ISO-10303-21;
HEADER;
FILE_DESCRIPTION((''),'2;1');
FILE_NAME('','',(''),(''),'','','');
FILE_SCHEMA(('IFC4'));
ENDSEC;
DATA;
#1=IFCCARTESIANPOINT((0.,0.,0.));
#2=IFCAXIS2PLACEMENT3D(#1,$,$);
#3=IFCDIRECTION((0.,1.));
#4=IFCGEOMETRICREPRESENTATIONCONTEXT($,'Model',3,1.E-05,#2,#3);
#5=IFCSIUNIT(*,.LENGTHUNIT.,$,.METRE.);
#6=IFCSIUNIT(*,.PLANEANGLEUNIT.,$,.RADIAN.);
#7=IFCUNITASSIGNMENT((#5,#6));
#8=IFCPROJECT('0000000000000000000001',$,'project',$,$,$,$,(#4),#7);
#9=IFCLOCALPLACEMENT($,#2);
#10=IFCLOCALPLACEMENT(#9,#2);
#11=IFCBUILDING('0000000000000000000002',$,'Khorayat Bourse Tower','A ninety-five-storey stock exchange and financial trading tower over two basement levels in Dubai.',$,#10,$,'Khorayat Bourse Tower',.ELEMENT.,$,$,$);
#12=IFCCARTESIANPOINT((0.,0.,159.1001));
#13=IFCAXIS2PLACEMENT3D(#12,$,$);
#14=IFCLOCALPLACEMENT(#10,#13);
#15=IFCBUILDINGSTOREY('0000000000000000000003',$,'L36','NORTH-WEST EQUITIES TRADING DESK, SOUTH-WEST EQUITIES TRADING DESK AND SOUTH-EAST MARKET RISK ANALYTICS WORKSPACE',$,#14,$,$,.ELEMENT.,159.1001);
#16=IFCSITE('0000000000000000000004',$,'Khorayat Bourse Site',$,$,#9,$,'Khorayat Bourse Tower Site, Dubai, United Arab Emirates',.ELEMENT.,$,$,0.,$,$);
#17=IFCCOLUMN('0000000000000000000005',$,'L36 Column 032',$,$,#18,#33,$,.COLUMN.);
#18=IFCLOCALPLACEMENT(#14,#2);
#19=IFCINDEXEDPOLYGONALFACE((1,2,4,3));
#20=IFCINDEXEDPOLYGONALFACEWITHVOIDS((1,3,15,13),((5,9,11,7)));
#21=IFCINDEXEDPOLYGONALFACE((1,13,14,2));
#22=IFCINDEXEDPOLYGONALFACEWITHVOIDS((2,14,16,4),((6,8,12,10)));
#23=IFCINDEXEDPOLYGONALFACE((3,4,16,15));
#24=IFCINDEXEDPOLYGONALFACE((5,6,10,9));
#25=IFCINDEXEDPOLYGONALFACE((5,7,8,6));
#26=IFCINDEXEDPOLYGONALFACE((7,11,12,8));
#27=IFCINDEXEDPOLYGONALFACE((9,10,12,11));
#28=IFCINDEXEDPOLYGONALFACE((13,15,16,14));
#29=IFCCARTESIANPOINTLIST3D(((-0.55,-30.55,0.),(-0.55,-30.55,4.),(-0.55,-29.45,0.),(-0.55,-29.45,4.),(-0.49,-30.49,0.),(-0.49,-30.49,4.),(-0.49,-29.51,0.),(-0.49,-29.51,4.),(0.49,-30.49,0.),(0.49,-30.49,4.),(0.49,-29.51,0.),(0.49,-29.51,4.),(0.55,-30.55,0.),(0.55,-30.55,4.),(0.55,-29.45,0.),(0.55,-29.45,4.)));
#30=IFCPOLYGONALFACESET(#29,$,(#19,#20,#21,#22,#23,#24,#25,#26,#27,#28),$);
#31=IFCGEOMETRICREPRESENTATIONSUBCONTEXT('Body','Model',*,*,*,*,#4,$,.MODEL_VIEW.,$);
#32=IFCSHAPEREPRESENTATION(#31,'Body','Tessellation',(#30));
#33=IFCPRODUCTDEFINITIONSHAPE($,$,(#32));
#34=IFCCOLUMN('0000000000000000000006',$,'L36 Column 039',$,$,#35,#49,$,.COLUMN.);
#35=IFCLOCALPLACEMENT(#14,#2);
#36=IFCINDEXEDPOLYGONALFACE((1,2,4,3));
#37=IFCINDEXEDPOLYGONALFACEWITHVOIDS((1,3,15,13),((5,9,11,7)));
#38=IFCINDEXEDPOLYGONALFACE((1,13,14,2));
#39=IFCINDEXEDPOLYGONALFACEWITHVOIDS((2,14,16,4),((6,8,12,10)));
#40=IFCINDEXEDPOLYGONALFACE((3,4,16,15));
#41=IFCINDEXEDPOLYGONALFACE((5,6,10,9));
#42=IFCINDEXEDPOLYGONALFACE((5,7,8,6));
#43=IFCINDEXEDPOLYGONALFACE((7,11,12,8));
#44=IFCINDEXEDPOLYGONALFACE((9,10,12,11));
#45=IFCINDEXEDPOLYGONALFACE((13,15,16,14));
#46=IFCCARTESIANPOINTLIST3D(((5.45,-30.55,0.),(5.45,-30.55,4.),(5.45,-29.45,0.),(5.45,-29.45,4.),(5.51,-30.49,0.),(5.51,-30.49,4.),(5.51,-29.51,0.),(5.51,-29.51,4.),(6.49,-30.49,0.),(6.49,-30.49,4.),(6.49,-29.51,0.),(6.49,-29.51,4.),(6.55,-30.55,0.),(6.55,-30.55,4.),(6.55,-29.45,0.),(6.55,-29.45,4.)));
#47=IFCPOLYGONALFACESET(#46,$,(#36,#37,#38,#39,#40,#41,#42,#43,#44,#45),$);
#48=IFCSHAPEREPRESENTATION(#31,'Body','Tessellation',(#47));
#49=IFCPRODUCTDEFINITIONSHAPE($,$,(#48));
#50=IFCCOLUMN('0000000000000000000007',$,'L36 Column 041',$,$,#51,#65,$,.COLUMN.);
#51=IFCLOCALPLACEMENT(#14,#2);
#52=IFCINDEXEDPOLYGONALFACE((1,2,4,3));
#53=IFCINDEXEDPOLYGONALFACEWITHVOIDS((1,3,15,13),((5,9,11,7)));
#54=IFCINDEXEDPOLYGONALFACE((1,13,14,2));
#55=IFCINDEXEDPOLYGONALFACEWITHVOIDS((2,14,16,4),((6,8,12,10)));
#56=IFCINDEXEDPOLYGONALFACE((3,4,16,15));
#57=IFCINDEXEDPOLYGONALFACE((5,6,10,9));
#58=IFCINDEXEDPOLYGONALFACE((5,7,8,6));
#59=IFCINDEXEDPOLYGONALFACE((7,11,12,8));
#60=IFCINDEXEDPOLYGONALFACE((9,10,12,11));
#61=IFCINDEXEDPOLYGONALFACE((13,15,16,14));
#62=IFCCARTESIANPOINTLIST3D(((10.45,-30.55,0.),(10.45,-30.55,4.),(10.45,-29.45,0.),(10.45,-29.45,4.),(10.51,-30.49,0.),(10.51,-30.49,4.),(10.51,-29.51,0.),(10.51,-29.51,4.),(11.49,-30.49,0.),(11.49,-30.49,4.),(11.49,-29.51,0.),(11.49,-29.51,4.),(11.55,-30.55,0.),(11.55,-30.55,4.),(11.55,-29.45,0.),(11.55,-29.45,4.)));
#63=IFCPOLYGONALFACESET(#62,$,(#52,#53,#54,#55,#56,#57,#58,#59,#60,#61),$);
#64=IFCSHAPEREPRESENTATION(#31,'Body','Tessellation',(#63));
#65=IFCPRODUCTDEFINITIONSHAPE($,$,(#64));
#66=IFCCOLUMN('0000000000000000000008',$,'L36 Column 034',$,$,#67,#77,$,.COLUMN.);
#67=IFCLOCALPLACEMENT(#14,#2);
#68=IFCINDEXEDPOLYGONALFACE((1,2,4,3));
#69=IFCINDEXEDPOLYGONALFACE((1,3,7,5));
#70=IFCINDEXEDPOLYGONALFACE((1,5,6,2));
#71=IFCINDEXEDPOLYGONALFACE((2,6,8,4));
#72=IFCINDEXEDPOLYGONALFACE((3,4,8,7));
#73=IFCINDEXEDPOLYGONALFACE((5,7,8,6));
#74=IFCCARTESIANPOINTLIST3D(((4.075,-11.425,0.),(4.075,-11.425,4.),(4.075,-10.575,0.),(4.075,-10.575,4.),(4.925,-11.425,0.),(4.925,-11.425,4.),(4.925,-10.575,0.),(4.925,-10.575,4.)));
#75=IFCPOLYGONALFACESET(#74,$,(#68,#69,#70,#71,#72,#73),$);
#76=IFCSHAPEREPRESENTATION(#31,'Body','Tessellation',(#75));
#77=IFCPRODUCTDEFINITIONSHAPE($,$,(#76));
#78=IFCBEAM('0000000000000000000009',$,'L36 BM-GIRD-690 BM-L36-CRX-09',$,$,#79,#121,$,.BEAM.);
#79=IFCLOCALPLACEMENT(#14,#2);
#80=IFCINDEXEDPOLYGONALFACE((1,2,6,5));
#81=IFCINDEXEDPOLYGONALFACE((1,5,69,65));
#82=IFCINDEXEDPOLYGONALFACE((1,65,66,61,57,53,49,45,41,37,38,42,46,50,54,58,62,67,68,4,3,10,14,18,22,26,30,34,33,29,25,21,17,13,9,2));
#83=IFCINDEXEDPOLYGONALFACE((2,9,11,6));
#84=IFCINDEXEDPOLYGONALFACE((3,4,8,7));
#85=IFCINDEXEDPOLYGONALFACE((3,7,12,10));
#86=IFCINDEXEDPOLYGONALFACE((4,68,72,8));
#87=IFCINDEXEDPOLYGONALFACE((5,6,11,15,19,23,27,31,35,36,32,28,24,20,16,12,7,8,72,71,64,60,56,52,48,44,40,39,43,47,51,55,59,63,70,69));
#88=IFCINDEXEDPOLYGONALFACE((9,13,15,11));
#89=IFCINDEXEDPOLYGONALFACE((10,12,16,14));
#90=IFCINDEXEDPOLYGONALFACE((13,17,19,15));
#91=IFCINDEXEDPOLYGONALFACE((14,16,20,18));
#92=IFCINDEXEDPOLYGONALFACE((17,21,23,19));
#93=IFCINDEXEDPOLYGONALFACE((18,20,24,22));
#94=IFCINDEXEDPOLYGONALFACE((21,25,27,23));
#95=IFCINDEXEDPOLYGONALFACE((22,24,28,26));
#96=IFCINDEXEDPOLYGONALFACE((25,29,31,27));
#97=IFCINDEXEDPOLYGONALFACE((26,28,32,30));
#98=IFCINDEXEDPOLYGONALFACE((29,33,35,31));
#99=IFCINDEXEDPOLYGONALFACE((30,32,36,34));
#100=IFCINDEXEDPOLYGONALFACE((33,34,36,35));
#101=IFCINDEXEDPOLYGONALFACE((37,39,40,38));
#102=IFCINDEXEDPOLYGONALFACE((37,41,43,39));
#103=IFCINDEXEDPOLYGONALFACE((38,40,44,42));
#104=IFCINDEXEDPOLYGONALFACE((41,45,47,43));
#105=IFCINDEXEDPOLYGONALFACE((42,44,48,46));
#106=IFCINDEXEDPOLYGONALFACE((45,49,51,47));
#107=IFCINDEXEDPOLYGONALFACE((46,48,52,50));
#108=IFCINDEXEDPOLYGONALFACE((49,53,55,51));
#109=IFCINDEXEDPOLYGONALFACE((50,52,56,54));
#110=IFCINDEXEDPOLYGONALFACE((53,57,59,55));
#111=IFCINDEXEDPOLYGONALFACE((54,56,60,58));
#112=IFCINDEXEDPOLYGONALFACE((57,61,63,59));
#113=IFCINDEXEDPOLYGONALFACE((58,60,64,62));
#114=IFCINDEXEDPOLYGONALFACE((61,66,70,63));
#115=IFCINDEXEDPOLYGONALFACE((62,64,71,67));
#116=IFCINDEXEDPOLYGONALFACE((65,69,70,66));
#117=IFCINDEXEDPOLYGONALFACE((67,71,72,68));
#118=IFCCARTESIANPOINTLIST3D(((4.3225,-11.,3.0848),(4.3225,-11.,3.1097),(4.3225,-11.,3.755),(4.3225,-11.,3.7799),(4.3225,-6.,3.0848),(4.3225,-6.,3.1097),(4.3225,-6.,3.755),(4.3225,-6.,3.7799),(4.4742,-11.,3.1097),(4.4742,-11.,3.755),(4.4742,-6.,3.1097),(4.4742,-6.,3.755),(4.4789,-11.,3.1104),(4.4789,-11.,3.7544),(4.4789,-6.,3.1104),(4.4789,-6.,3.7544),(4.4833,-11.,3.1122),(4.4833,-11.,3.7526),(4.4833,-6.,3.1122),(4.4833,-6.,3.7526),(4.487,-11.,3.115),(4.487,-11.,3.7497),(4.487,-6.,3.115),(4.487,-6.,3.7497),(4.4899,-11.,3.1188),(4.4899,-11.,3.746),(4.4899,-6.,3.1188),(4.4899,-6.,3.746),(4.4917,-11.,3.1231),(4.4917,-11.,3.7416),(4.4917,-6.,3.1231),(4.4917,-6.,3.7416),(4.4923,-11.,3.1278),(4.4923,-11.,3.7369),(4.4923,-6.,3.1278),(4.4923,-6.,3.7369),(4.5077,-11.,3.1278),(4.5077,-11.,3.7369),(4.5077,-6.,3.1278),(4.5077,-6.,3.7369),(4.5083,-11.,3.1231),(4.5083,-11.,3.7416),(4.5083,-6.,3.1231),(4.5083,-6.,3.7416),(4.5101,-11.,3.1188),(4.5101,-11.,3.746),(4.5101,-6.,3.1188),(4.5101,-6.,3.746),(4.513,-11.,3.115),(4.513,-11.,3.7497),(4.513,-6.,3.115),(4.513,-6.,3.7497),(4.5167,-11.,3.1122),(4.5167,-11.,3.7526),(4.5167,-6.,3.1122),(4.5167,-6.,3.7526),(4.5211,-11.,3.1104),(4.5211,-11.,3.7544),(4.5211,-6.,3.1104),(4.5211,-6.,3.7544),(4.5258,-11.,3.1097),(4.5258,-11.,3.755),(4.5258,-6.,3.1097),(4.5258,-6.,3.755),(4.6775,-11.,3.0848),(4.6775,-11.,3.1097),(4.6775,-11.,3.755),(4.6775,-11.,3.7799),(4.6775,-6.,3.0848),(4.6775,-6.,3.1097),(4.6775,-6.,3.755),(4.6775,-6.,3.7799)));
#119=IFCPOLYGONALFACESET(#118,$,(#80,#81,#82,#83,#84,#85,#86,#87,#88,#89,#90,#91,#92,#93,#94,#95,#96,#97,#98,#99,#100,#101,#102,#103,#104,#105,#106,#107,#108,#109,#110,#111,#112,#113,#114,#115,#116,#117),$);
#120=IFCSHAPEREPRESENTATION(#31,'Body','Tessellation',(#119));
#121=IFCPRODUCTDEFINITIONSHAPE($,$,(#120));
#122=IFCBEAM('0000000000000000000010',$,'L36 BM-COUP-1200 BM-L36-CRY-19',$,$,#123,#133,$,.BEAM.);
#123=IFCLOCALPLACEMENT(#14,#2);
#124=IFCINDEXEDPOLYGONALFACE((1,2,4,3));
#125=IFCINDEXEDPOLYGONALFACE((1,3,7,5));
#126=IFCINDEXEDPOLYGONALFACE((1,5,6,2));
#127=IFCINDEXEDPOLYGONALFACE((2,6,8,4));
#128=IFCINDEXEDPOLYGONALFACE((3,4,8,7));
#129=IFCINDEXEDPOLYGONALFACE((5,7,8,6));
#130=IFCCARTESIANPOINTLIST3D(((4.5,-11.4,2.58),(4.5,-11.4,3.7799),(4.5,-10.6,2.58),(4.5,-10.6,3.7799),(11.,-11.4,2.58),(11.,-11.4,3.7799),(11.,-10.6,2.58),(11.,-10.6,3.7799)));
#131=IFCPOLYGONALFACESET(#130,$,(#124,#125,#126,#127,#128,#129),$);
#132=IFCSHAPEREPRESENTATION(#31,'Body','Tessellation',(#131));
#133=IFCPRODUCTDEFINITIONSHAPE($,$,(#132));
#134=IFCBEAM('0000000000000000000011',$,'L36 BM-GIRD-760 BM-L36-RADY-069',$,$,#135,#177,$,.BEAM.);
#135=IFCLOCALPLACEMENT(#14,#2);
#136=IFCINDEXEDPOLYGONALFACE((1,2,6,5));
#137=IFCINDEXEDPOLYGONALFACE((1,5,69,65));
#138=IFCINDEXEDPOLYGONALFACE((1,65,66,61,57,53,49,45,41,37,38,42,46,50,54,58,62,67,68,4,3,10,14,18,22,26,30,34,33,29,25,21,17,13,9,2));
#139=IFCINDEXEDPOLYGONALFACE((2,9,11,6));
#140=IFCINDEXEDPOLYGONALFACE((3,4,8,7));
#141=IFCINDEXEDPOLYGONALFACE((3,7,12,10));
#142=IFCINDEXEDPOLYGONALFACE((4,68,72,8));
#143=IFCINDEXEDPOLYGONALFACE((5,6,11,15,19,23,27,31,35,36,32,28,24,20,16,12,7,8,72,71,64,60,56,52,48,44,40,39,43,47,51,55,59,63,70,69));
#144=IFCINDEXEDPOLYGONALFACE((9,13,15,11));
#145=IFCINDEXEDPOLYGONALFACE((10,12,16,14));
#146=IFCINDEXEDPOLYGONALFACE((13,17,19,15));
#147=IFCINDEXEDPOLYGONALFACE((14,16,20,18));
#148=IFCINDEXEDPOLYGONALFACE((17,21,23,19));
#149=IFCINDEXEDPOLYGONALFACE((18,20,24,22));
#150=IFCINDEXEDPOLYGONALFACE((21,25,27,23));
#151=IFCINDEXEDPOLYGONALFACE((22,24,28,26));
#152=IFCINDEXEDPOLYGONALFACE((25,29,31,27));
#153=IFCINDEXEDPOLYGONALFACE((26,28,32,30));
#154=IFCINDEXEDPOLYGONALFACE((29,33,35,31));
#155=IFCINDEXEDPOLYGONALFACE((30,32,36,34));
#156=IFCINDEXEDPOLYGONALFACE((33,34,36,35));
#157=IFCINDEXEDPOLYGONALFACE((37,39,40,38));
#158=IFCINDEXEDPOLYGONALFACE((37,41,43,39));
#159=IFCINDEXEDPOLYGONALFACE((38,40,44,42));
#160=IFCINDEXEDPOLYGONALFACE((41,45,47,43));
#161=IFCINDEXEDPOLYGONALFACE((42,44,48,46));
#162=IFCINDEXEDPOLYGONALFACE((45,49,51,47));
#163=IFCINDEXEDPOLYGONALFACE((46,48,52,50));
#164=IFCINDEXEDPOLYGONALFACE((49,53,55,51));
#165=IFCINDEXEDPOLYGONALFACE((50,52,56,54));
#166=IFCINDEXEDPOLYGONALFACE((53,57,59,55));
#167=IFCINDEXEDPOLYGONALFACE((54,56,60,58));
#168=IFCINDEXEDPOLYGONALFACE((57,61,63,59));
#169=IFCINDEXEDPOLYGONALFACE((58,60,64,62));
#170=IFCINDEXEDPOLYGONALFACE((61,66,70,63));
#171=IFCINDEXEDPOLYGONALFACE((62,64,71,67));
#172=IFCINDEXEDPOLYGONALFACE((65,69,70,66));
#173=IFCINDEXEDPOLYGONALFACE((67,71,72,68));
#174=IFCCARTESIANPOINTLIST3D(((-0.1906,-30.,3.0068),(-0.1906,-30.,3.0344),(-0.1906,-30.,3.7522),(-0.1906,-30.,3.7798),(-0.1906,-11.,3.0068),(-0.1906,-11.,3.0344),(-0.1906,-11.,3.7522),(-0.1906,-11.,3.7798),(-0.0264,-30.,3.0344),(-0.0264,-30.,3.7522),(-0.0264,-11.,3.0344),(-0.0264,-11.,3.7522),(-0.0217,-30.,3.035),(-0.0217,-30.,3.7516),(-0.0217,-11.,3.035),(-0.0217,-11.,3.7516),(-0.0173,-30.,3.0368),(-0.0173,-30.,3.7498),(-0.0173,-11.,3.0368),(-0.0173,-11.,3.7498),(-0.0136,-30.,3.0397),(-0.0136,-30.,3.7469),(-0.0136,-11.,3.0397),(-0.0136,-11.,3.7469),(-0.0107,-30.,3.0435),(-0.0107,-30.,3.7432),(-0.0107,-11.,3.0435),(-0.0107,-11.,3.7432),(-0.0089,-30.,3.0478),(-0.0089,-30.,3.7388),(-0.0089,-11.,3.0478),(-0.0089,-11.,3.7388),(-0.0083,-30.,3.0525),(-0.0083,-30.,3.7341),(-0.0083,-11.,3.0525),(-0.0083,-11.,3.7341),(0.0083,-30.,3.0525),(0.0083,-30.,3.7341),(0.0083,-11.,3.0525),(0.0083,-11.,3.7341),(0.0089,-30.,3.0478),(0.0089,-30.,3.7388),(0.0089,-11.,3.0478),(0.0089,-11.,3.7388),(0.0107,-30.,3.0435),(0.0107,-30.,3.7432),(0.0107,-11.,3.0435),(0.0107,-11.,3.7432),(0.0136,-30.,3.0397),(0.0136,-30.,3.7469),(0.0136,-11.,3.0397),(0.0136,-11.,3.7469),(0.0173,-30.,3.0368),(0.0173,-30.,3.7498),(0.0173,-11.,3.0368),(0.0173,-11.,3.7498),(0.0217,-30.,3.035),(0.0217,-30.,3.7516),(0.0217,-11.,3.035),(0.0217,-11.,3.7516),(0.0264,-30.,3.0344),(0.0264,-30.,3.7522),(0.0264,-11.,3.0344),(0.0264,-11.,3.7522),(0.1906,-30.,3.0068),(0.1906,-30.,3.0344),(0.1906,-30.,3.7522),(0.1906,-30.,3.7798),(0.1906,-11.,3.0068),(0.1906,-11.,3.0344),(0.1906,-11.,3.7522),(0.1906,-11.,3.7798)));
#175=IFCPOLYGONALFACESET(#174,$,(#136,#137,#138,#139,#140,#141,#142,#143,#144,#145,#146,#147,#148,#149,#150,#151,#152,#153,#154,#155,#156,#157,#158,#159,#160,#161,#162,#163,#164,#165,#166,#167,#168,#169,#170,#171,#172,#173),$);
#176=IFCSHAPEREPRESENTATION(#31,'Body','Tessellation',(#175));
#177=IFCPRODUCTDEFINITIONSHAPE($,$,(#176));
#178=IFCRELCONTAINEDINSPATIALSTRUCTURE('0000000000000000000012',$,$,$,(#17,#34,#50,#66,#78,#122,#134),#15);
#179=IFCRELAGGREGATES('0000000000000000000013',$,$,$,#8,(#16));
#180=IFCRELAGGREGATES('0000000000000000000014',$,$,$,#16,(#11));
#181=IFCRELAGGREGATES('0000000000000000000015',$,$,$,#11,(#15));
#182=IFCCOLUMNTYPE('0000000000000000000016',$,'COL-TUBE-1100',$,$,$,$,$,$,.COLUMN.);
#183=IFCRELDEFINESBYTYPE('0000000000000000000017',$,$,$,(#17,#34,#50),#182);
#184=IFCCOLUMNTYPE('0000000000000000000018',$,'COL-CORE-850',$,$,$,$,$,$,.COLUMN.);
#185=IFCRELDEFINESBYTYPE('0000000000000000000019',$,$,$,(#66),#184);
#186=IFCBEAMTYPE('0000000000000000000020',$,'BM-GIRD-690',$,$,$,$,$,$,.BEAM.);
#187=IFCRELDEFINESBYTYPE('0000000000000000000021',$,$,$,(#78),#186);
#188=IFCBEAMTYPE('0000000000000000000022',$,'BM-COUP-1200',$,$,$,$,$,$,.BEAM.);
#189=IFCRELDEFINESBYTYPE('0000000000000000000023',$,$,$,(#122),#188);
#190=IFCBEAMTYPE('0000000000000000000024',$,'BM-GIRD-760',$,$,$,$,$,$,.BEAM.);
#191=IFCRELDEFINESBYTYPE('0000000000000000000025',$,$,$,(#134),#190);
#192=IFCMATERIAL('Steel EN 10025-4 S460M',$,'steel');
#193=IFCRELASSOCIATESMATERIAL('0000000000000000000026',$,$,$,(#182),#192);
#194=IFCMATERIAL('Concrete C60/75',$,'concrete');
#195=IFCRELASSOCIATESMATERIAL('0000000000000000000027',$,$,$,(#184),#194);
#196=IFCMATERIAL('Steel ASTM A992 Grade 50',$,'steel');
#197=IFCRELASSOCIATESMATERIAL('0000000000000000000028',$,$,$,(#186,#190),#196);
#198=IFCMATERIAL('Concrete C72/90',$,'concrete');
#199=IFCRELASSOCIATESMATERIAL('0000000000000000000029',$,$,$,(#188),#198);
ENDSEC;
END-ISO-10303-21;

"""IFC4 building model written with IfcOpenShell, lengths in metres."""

from ifc_helpers import new_model, si_unit, direction, frame, origin, origin_2d, place, context, subcontext, project, spatial, rectangle, hollow_rectangle, i_section, extrude, source, transform, mapped, material, material_profile, profile_set, type_object, element, save


model = new_model("IFC4")

# Units and contexts
model_context = context("Model", 3, precision=1e-05, world=origin(), true_north=direction((0.0, 1.0)))
body_context = subcontext(model_context, "Body", "Model", "MODEL_VIEW")
ifc_project = project(units=[si_unit("LENGTHUNIT", "METRE"), si_unit("PLANEANGLEUNIT", "RADIAN")], contexts=[model_context])

# Site, building, storey
site_placement = place(None, origin())
site = spatial("IfcSite", under=ifc_project, at=site_placement, Name="Khorayat Bourse Site", LongName="Khorayat Bourse Tower Site, Dubai, United Arab Emirates", CompositionType="ELEMENT", RefElevation=0.0)
building_placement = place(site_placement, origin())
building = spatial("IfcBuilding", under=site, at=building_placement, Name="Khorayat Bourse Tower", Description="A ninety-five-storey stock exchange and financial trading tower over two basement levels in Dubai.", LongName="Khorayat Bourse Tower", CompositionType="ELEMENT")
storey_placement = place(building_placement, frame((0.0, 0.0, 159.1001)))
storey = spatial("IfcBuildingStorey", under=building, at=storey_placement, Name="L36", Description="NORTH-WEST EQUITIES TRADING DESK, SOUTH-WEST EQUITIES TRADING DESK AND SOUTH-EAST MARKET RISK ANALYTICS WORKSPACE", CompositionType="ELEMENT", Elevation=159.1001)

# Columns
ifc_material_1 = material(Name="Steel EN 10025-4 S460M", Category="steel")
ifc_material_profile_1 = material_profile(ifc_material_1, hollow_rectangle(XDim=1.1001, YDim=1.1001, WallThickness=0.0601, at=origin_2d()), Name="BOX 1100x1100x60")
ifc_profile_set_1 = profile_set([ifc_material_profile_1], Name="Steel EN 10025-4 S460M")
column_type_1 = type_object("IfcColumnType", Name="COL-TUBE-1100", PredefinedType="COLUMN", material=ifc_profile_set_1)
shared_shape_1 = source(origin(), body_context, "Body", "SweptSolid", [
    extrude(hollow_rectangle(XDim=1.1001, YDim=1.1001, WallThickness=0.0601, at=origin_2d()), origin(), (0.0, 0.0, 1.0), 4.0),
])
for number, where, z_axis, x_axis, name in (
    (1, (0.0, -30.0, 0.0), (0.0, 0.0, 1.0), (1.0, 0.0, 0.0), "L36 Column 032"),
    (2, (6.0, -30.0, 0.0), (0.0, 0.0, 1.0), (1.0, 0.0, 0.0), "L36 Column 039"),
    (3, (11.0, -30.0, 0.0), (0.0, 0.0, 1.0), (1.0, 0.0, 0.0), "L36 Column 041"),
):
    element("IfcColumn", number, at=place(storey_placement, frame(where, z_axis=z_axis, x_axis=x_axis)), inside=storey, type_object=column_type_1, Name=name, PredefinedType="COLUMN", context=body_context, shape_type="MappedRepresentation", body=[
        mapped(shared_shape_1, transform((0.0, 0.0, 0.0), scale=1.0)),
    ])
ifc_material_2 = material(Name="Concrete C60/75", Category="concrete")
ifc_material_profile_2 = material_profile(ifc_material_2, rectangle(XDim=0.8501, YDim=0.8501, at=origin_2d()), Name="RC 850x850")
ifc_profile_set_2 = profile_set([ifc_material_profile_2], Name="Concrete C60/75")
column_type_2 = type_object("IfcColumnType", Name="COL-CORE-850", PredefinedType="COLUMN", material=ifc_profile_set_2)
shared_shape_2 = source(origin(), body_context, "Body", "SweptSolid", [
    extrude(rectangle(XDim=0.8501, YDim=0.8501, at=origin_2d()), origin(), (0.0, 0.0, 1.0), 4.0),
])
column_placement = place(storey_placement, frame((4.5, -11.0, 0.0), z_axis=(0.0, 0.0, 1.0), x_axis=(1.0, 0.0, 0.0)))
element("IfcColumn", 4, at=column_placement, inside=storey, type_object=column_type_2, Name="L36 Column 034", PredefinedType="COLUMN", context=body_context, shape_type="MappedRepresentation", body=[
    mapped(shared_shape_2, transform((0.0, 0.0, 0.0), scale=1.0)),
])

# Beams
ifc_material_3 = material(Name="Steel ASTM A992 Grade 50", Category="steel")
ifc_material_profile_3 = material_profile(ifc_material_3, i_section(OverallWidth=0.355, OverallDepth=0.6951, WebThickness=0.0154, FlangeThickness=0.0249, FilletRadius=0.0181, at=origin_2d()), Name="W690X217")
ifc_profile_set_3 = profile_set([ifc_material_profile_3], Name="Steel ASTM A992 Grade 50")
beam_type_1 = type_object("IfcBeamType", Name="BM-GIRD-690", PredefinedType="BEAM", material=ifc_profile_set_3)
shared_shape_3 = source(origin(), body_context, "Body", "SweptSolid", [
    extrude(i_section(OverallWidth=0.355, OverallDepth=0.6951, WebThickness=0.0154, FlangeThickness=0.0249, FilletRadius=0.0181, at=origin_2d()), origin(), (0.0, 0.0, 1.0), 5.0),
])
beam_1_placement = place(storey_placement, frame((4.5, -11.0, 3.4324), z_axis=(0.0, 1.0, 0.0), x_axis=(-1.0, 0.0, 0.0)))
element("IfcBeam", 5, at=beam_1_placement, inside=storey, type_object=beam_type_1, Name="L36 BM-GIRD-690 BM-L36-CRX-09", PredefinedType="BEAM", context=body_context, shape_type="MappedRepresentation", body=[
    mapped(shared_shape_3, transform((0.0, 0.0, 0.0), scale=1.0)),
])
ifc_material_4 = material(Name="Concrete C72/90", Category="concrete")
ifc_material_profile_4 = material_profile(ifc_material_4, rectangle(XDim=0.8, YDim=1.2, at=origin_2d()), Name="RC 800x1200")
ifc_profile_set_4 = profile_set([ifc_material_profile_4], Name="Concrete C72/90")
beam_type_2 = type_object("IfcBeamType", Name="BM-COUP-1200", PredefinedType="BEAM", material=ifc_profile_set_4)
shared_shape_4 = source(origin(), body_context, "Body", "SweptSolid", [
    extrude(rectangle(XDim=0.8, YDim=1.2, at=origin_2d()), origin(), (0.0, 0.0, 1.0), 6.5),
])
beam_2_placement = place(storey_placement, frame((4.5, -11.0, 3.1799), z_axis=(1.0, 0.0, 0.0), x_axis=(0.0, 1.0, 0.0)))
element("IfcBeam", 6, at=beam_2_placement, inside=storey, type_object=beam_type_2, Name="L36 BM-COUP-1200 BM-L36-CRY-19", PredefinedType="BEAM", context=body_context, shape_type="MappedRepresentation", body=[
    mapped(shared_shape_4, transform((0.0, 0.0, 0.0), scale=1.0)),
])
ifc_material_profile_5 = material_profile(ifc_material_3, i_section(OverallWidth=0.3811, OverallDepth=0.7729, WebThickness=0.0166, FlangeThickness=0.0276, FilletRadius=0.0181, at=origin_2d()), Name="W760X257")
ifc_profile_set_5 = profile_set([ifc_material_profile_5], Name="Steel ASTM A992 Grade 50")
beam_type_3 = type_object("IfcBeamType", Name="BM-GIRD-760", PredefinedType="BEAM", material=ifc_profile_set_5)
shared_shape_5 = source(origin(), body_context, "Body", "SweptSolid", [
    extrude(i_section(OverallWidth=0.3811, OverallDepth=0.7729, WebThickness=0.0166, FlangeThickness=0.0276, FilletRadius=0.0181, at=origin_2d()), origin(), (0.0, 0.0, 1.0), 19.0),
])
for number, where, z_axis, x_axis, name in (
    (7, (0.0, -30.0, 3.3933), (0.0, 1.0, 0.0), (-1.0, 0.0, 0.0), "L36 BM-GIRD-760 BM-L36-RADY-069"),
):
    element("IfcBeam", number, at=place(storey_placement, frame(where, z_axis=z_axis, x_axis=x_axis)), inside=storey, type_object=beam_type_3, Name=name, PredefinedType="BEAM", context=body_context, shape_type="MappedRepresentation", body=[
        mapped(shared_shape_5, transform((0.0, 0.0, 0.0), scale=1.0)),
    ])

save(model, "model.ifc")
